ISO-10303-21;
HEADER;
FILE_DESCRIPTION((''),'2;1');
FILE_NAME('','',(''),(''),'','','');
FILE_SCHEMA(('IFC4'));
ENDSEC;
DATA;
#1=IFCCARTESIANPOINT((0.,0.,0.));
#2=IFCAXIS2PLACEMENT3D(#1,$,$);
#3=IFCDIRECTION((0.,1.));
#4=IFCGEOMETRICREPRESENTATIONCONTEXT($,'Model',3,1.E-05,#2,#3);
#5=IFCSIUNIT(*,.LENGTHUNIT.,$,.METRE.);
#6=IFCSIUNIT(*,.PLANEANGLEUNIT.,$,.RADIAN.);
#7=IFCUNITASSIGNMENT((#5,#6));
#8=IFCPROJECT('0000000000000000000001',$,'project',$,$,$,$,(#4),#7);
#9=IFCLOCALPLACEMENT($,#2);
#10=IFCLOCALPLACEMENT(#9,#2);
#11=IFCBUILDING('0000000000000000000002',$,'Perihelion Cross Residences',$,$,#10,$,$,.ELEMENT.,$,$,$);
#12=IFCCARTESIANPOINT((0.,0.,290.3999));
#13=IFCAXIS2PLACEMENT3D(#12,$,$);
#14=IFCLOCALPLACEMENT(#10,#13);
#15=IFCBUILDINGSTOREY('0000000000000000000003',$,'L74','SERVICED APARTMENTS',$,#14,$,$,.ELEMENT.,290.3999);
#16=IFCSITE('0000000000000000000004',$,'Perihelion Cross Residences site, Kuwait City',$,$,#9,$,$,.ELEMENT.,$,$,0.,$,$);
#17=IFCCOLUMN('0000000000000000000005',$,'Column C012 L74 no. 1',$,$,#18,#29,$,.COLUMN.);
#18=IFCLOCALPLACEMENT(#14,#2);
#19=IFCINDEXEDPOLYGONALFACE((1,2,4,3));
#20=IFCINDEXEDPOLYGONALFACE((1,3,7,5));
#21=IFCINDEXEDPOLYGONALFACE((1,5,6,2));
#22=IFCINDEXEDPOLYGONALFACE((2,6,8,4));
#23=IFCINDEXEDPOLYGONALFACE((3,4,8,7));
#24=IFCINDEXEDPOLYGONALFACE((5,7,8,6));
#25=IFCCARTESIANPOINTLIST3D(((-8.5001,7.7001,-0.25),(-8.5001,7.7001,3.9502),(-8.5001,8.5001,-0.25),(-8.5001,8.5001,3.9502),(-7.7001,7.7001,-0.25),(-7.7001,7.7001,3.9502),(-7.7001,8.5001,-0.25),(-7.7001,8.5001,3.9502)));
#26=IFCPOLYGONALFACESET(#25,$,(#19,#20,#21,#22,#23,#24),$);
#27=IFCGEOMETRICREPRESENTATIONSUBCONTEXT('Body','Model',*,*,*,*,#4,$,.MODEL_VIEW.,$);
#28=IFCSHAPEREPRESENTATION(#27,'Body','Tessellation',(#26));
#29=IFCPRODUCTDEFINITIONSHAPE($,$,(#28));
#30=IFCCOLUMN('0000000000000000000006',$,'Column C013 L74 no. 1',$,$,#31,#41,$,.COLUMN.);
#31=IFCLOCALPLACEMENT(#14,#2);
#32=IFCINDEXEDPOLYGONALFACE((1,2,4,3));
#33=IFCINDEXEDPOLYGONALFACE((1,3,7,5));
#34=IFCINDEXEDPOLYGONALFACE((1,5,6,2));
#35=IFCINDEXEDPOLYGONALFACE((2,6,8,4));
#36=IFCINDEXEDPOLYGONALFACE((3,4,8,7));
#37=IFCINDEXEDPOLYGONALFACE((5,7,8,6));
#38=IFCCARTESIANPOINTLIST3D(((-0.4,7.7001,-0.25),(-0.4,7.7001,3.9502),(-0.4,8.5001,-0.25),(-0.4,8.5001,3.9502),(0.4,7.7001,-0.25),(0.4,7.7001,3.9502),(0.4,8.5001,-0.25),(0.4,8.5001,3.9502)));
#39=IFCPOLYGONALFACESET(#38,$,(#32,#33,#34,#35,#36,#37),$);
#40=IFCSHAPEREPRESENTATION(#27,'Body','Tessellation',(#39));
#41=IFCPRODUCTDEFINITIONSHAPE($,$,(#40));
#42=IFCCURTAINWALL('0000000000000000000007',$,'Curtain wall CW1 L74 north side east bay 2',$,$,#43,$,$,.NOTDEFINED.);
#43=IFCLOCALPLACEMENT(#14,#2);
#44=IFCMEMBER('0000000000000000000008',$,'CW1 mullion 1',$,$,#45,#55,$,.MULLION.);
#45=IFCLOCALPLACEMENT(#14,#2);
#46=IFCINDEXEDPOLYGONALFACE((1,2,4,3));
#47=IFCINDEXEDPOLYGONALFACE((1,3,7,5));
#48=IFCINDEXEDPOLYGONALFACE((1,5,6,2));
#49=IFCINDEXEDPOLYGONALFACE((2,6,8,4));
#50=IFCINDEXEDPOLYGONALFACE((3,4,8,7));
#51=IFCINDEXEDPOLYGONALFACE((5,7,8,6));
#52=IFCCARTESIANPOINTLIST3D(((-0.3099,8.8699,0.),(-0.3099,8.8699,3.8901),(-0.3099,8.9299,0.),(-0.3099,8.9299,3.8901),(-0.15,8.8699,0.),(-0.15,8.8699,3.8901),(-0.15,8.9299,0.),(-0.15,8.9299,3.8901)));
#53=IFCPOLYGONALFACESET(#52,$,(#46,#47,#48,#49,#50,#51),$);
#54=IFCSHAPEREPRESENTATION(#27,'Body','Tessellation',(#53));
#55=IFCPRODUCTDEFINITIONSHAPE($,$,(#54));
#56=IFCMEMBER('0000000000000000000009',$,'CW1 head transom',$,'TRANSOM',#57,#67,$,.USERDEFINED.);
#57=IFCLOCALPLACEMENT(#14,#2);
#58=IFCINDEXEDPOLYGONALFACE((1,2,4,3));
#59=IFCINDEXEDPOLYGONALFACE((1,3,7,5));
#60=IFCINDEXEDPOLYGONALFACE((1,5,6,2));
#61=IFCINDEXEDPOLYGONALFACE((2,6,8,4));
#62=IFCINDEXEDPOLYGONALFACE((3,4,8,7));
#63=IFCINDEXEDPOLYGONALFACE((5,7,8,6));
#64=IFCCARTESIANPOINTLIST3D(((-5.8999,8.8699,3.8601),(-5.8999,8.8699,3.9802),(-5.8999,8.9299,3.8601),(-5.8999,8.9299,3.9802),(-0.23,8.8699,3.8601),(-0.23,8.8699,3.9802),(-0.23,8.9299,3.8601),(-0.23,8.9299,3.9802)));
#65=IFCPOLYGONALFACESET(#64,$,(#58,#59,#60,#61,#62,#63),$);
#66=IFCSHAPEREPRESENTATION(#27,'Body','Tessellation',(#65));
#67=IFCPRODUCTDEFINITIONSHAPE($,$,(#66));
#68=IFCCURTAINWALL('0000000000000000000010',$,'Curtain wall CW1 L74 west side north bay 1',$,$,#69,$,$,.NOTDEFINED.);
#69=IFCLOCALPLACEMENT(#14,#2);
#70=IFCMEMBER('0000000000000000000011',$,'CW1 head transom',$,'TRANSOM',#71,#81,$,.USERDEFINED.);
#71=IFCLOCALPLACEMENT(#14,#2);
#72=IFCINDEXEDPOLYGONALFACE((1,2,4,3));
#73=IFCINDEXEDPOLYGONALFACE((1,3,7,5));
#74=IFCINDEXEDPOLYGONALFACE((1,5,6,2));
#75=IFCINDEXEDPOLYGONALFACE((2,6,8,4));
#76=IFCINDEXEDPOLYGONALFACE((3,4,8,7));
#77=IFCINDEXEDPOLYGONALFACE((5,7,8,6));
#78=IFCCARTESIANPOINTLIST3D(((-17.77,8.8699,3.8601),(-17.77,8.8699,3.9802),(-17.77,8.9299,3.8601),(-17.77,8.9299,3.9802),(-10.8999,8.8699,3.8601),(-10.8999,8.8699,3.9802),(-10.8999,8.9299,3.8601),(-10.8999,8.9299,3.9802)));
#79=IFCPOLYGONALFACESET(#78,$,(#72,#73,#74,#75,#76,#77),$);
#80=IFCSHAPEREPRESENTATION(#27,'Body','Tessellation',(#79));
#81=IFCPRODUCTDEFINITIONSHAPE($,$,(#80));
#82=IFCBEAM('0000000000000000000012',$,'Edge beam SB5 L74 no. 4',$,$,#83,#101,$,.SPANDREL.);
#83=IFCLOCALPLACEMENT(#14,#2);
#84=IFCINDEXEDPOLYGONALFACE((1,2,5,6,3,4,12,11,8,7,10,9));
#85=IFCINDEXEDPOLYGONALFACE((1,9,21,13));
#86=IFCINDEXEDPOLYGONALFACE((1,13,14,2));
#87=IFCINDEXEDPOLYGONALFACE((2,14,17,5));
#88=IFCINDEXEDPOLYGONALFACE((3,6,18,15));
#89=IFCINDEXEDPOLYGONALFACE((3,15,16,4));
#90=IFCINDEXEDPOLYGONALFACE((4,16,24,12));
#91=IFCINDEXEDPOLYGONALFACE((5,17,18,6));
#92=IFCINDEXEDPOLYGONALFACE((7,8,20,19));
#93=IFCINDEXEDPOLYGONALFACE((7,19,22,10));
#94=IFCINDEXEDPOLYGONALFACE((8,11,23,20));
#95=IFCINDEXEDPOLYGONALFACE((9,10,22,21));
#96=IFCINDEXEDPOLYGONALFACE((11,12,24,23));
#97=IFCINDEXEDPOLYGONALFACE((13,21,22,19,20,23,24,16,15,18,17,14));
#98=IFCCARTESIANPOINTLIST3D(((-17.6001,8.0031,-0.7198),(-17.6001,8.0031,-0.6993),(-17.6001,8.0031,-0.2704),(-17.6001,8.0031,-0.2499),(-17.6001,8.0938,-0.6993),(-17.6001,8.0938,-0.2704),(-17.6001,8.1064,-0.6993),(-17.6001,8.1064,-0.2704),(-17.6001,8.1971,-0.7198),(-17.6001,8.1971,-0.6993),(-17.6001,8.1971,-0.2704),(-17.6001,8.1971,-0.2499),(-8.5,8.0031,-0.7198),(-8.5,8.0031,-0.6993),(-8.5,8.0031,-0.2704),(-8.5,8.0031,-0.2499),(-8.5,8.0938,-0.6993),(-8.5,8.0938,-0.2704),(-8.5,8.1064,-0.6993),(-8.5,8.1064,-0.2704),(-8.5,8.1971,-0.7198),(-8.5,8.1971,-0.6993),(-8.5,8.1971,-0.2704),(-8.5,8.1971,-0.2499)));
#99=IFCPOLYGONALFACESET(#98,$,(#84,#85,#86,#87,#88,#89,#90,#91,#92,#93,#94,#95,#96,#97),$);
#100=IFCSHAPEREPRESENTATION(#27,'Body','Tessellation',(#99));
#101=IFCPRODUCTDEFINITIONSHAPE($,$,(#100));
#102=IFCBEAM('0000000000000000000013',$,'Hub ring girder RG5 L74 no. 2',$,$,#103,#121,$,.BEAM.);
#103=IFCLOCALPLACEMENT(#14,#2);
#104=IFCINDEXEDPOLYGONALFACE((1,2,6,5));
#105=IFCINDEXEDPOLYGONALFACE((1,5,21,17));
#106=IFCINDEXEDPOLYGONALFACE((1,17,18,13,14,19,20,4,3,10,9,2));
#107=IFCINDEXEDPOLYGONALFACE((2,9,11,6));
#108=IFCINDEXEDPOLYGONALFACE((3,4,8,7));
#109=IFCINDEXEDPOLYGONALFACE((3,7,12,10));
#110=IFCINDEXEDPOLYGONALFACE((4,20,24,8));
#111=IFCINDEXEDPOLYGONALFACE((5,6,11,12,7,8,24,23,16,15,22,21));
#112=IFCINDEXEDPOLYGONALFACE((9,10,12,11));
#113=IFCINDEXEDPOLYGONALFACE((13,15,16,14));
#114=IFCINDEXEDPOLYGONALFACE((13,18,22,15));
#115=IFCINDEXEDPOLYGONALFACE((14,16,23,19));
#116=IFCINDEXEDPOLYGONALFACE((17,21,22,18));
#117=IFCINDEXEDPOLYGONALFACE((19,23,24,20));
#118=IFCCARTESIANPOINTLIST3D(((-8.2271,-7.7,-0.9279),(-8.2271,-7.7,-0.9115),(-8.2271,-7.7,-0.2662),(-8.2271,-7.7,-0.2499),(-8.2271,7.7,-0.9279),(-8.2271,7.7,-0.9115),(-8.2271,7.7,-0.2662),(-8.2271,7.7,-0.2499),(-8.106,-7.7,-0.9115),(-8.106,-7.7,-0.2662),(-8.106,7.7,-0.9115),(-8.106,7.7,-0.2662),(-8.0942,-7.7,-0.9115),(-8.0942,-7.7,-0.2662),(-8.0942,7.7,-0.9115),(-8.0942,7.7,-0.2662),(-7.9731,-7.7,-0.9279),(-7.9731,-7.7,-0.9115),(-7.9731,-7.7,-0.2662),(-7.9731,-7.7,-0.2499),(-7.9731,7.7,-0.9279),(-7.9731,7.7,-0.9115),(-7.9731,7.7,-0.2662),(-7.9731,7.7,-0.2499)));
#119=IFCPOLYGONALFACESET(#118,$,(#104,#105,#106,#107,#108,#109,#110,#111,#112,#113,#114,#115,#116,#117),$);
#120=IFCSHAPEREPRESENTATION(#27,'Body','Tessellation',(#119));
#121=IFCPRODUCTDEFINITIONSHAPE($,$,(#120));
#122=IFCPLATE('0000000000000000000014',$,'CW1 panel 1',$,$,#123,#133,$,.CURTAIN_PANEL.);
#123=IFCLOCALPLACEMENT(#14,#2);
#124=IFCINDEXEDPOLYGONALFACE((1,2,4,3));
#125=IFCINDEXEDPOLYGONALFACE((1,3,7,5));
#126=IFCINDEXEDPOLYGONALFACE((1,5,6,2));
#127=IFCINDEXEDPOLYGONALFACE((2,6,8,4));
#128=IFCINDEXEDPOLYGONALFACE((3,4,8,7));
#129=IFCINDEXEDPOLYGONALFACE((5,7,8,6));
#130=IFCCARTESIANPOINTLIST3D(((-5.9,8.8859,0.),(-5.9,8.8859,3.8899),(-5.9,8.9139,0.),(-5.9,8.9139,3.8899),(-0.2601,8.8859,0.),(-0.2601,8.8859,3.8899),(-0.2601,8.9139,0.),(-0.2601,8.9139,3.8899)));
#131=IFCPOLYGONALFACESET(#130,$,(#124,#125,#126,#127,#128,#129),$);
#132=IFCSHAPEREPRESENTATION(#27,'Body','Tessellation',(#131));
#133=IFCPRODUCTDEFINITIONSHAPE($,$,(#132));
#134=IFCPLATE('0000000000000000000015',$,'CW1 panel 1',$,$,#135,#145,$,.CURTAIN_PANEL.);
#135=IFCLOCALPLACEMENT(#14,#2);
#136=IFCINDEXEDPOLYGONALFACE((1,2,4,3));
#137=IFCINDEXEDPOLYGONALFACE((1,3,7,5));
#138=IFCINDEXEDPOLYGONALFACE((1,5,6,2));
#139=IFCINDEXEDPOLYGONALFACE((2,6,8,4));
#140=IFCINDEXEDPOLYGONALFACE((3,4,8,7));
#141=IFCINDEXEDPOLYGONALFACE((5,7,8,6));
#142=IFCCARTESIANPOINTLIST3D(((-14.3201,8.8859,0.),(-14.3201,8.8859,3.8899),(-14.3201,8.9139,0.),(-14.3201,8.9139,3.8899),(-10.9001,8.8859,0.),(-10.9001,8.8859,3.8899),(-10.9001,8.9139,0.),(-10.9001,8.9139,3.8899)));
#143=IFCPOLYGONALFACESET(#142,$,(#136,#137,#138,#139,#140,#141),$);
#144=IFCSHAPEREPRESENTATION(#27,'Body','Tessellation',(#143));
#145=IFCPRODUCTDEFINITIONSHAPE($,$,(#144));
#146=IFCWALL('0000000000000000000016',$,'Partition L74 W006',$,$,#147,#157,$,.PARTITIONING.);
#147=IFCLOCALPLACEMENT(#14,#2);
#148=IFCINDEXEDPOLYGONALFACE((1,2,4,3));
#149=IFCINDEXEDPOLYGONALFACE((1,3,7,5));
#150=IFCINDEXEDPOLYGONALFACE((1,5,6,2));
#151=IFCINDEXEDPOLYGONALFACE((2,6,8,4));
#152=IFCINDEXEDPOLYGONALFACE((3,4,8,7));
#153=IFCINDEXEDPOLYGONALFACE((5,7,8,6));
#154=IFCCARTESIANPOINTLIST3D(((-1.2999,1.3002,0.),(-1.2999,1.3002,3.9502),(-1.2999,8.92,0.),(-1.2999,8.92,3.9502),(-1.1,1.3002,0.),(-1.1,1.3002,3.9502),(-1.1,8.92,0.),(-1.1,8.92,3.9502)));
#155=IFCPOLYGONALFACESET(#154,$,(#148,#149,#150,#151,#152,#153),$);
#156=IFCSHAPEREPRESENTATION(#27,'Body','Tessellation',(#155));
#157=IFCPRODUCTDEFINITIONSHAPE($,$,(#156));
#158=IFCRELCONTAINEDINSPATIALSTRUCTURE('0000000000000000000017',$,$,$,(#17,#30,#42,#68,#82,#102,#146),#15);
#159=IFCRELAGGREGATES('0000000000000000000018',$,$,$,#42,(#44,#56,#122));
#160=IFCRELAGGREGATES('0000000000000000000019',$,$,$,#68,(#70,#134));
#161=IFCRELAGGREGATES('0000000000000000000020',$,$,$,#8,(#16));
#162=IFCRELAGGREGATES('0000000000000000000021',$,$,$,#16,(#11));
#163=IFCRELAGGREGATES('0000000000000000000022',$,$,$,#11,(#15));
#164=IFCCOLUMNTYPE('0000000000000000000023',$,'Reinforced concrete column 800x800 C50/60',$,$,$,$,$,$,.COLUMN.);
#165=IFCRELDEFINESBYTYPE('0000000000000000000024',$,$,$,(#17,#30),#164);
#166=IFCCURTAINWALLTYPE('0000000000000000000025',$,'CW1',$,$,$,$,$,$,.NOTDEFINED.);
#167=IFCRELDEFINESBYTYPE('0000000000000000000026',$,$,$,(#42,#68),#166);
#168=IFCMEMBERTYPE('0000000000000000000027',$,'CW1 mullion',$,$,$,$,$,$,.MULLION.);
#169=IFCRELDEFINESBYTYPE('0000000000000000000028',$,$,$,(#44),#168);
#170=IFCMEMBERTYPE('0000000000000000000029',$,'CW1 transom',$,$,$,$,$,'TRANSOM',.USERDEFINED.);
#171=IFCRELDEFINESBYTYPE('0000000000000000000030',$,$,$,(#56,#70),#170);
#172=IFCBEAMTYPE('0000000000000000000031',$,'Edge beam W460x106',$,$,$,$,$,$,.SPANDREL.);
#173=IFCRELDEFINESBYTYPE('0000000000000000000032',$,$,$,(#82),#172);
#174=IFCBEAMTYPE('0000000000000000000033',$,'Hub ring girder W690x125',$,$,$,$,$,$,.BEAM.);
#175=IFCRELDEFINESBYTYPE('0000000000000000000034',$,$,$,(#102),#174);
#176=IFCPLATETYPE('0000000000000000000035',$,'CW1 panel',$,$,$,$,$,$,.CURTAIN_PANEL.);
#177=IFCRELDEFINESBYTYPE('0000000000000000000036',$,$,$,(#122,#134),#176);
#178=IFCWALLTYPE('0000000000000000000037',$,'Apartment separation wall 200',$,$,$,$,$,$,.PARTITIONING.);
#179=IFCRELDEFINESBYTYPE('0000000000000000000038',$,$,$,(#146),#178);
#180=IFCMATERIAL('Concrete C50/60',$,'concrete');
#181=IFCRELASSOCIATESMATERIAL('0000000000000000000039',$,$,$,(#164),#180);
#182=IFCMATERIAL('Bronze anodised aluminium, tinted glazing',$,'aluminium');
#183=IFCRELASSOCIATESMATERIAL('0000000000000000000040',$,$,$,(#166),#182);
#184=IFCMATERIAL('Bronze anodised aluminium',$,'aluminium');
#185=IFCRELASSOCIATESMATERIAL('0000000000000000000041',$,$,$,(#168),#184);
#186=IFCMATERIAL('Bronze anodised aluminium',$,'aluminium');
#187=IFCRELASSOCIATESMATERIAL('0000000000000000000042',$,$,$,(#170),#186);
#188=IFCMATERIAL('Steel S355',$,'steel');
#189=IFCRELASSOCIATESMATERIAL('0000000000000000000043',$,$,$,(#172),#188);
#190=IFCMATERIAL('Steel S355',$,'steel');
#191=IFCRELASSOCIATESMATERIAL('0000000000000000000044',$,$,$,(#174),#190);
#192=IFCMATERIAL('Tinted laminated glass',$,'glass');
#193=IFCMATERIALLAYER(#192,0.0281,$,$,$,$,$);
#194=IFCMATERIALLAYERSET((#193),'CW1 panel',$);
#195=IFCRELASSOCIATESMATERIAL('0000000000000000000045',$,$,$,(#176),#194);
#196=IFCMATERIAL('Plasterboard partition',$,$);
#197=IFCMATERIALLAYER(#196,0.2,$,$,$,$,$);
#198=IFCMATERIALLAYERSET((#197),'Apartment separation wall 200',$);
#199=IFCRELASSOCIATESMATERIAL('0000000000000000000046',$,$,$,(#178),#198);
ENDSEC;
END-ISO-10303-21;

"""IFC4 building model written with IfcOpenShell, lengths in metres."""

from ifc_helpers import new_model, si_unit, direction, frame, frame_2d, origin, origin_2d, place, context, subcontext, project, spatial, rectangle, i_section, extrude, material, layer, layer_set, material_profile, profile_set, type_object, element, aggregate, save


model = new_model("IFC4")

# Units and contexts
model_context = context("Model", 3, precision=1e-05, world=origin(), true_north=direction((0.0, 1.0)))
body_context = subcontext(model_context, "Body", "Model", "MODEL_VIEW")
ifc_project = project(units=[si_unit("LENGTHUNIT", "METRE"), si_unit("PLANEANGLEUNIT", "RADIAN")], contexts=[model_context])

# Site, building, storey
site_placement = place(None, origin())
site = spatial("IfcSite", under=ifc_project, at=site_placement, Name="Perihelion Cross Residences site, Kuwait City", CompositionType="ELEMENT", RefElevation=0.0)
building_placement = place(site_placement, origin())
building = spatial("IfcBuilding", under=site, at=building_placement, Name="Perihelion Cross Residences", CompositionType="ELEMENT")
storey_placement = place(building_placement, frame((0.0, 0.0, 290.3999)))
storey = spatial("IfcBuildingStorey", under=building, at=storey_placement, Name="L74", Description="SERVICED APARTMENTS", CompositionType="ELEMENT", Elevation=290.3999)

# Columns
ifc_material_1 = material(Name="Concrete C50/60", Category="concrete")
ifc_material_profile_1 = material_profile(ifc_material_1, rectangle(XDim=0.8, YDim=0.8, at=origin_2d()), Name="RC 800x800")
ifc_profile_set_1 = profile_set([ifc_material_profile_1], Name="Concrete C50/60")
column_type = type_object("IfcColumnType", Name="Reinforced concrete column 800x800 C50/60", PredefinedType="COLUMN", material=ifc_profile_set_1)
for number, where, z_axis, x_axis, name in (
    (1, (-8.1001, 8.1001, -0.25), (0.0, 0.0, 1.0), (1.0, 0.0, 0.0), "Column C012 L74 no. 1"),
    (2, (0.0, 8.1001, -0.25), (0.0, 0.0, 1.0), (1.0, 0.0, 0.0), "Column C013 L74 no. 1"),
):
    element("IfcColumn", number, at=place(storey_placement, frame(where, z_axis=z_axis, x_axis=x_axis)), inside=storey, type_object=column_type, Name=name, PredefinedType="COLUMN", context=body_context, shape_type="SweptSolid", body=[
        extrude(rectangle(XDim=0.8, YDim=0.8, at=origin_2d()), origin(), (0.0, 0.0, 1.0), 4.2002),
    ])

# Curtain wall, members
ifc_material_2 = material(Name="Bronze anodised aluminium, tinted glazing", Category="aluminium")
curtain_wall_type = type_object("IfcCurtainWallType", Name="CW1", PredefinedType="NOTDEFINED", material=ifc_material_2)
curtain_wall_1_placement = place(storey_placement, origin())
curtain_wall_1 = element("IfcCurtainWall", 3, at=curtain_wall_1_placement, inside=storey, type_object=curtain_wall_type, Name="Curtain wall CW1 L74 north side east bay 2", PredefinedType="NOTDEFINED")
ifc_material_3 = material(Name="Bronze anodised aluminium", Category="aluminium")
ifc_material_profile_2 = material_profile(ifc_material_3, rectangle(XDim=0.0601, YDim=0.1599, at=origin_2d()), Name="CW1 mullion")
ifc_profile_set_2 = profile_set([ifc_material_profile_2], Name="Bronze anodised aluminium")
member_type_1 = type_object("IfcMemberType", Name="CW1 mullion", PredefinedType="MULLION", material=ifc_profile_set_2)
member_1_placement = place(storey_placement, frame((-0.23, 8.8999, 0.0), z_axis=(0.0, 0.0, 1.0), x_axis=(0.0, -1.0, 0.0)))
member_1 = element("IfcMember", 4, at=member_1_placement, type_object=member_type_1, Name="CW1 mullion 1", PredefinedType="MULLION", context=body_context, shape_type="SweptSolid", body=[
    extrude(rectangle(XDim=0.0601, YDim=0.1599, at=origin_2d()), origin(), (0.0, 0.0, 1.0), 3.8901),
])
ifc_material_4 = material(Name="Bronze anodised aluminium", Category="aluminium")
ifc_material_profile_3 = material_profile(ifc_material_4, rectangle(XDim=0.0601, YDim=0.1201, at=origin_2d()), Name="CW1 transom")
ifc_profile_set_3 = profile_set([ifc_material_profile_3], Name="Bronze anodised aluminium")
member_type_2 = type_object("IfcMemberType", Name="CW1 transom", ElementType="TRANSOM", PredefinedType="USERDEFINED", material=ifc_profile_set_3)
member_2_placement = place(storey_placement, frame((-0.23, 8.8999, 3.9202), z_axis=(-1.0, 0.0, 0.0), x_axis=(0.0, -1.0, 0.0)))
member_2 = element("IfcMember", 5, at=member_2_placement, type_object=member_type_2, Name="CW1 head transom", ObjectType="TRANSOM", PredefinedType="USERDEFINED", context=body_context, shape_type="SweptSolid", body=[
    extrude(rectangle(XDim=0.0601, YDim=0.1201, at=origin_2d()), origin(), (0.0, 0.0, 1.0), 5.6699),
])

# Curtain wall, member
curtain_wall_2_placement = place(storey_placement, origin())
curtain_wall_2 = element("IfcCurtainWall", 6, at=curtain_wall_2_placement, inside=storey, type_object=curtain_wall_type, Name="Curtain wall CW1 L74 west side north bay 1", PredefinedType="NOTDEFINED")
member_3_placement = place(storey_placement, frame((-10.8999, 8.8999, 3.9202), z_axis=(-1.0, 0.0, 0.0), x_axis=(0.0, -1.0, 0.0)))
member_3 = element("IfcMember", 7, at=member_3_placement, type_object=member_type_2, Name="CW1 head transom", ObjectType="TRANSOM", PredefinedType="USERDEFINED", context=body_context, shape_type="SweptSolid", body=[
    extrude(rectangle(XDim=0.0601, YDim=0.1201, at=origin_2d()), origin(), (0.0, 0.0, 1.0), 6.8701),
])

# Beams
ifc_material_5 = material(Name="Steel S355", Category="steel")
ifc_material_profile_4 = material_profile(ifc_material_5, i_section(OverallWidth=0.1941, OverallDepth=0.47, WebThickness=0.0127, FlangeThickness=0.0205, at=origin_2d()), Name="W460x106")
ifc_profile_set_4 = profile_set([ifc_material_profile_4], Name="Steel S355")
beam_type_1 = type_object("IfcBeamType", Name="Edge beam W460x106", PredefinedType="SPANDREL", material=ifc_profile_set_4)
beam_1_placement = place(storey_placement, frame((-8.5, 8.1001, -0.4849), z_axis=(-1.0, 0.0, 0.0), x_axis=(0.0, -1.0, 0.0)))
element("IfcBeam", 8, at=beam_1_placement, inside=storey, type_object=beam_type_1, Name="Edge beam SB5 L74 no. 4", PredefinedType="SPANDREL", context=body_context, shape_type="SweptSolid", body=[
    extrude(i_section(OverallWidth=0.1941, OverallDepth=0.47, WebThickness=0.0127, FlangeThickness=0.0205, at=origin_2d()), origin(), (0.0, 0.0, 1.0), 9.1001),
])
ifc_material_6 = material(Name="Steel S355", Category="steel")
ifc_material_profile_5 = material_profile(ifc_material_6, i_section(OverallWidth=0.2539, OverallDepth=0.678, WebThickness=0.0117, FlangeThickness=0.0164, at=origin_2d()), Name="W690x125")
ifc_profile_set_5 = profile_set([ifc_material_profile_5], Name="Steel S355")
beam_type_2 = type_object("IfcBeamType", Name="Hub ring girder W690x125", PredefinedType="BEAM", material=ifc_profile_set_5)
beam_2_placement = place(storey_placement, frame((-8.1001, 7.7, -0.5889), z_axis=(0.0, -1.0, 0.0), x_axis=(1.0, 0.0, 0.0)))
element("IfcBeam", 9, at=beam_2_placement, inside=storey, type_object=beam_type_2, Name="Hub ring girder RG5 L74 no. 2", PredefinedType="BEAM", context=body_context, shape_type="SweptSolid", body=[
    extrude(i_section(OverallWidth=0.2539, OverallDepth=0.678, WebThickness=0.0117, FlangeThickness=0.0164, at=origin_2d()), origin(), (0.0, 0.0, 1.0), 15.3999),
])

# Plates
ifc_material_7 = material(Name="Tinted laminated glass", Category="glass")
ifc_layer_1 = layer(ifc_material_7, 0.0281)
ifc_layer_set_1 = layer_set([ifc_layer_1], Name="CW1 panel")
plate_type = type_object("IfcPlateType", Name="CW1 panel", PredefinedType="CURTAIN_PANEL", material=ifc_layer_set_1)
plate_1_placement = place(storey_placement, frame((-3.0801, 8.8999, 0.0), z_axis=(0.0, 0.0, 1.0), x_axis=(-1.0, 0.0, 0.0)))
plate_1 = element("IfcPlate", 10, at=plate_1_placement, type_object=plate_type, Name="CW1 panel 1", PredefinedType="CURTAIN_PANEL", context=body_context, shape_type="SweptSolid", body=[
    extrude(rectangle(XDim=5.6399, YDim=0.0281, at=origin_2d()), origin(), (0.0, 0.0, 1.0), 3.8899),
])
aggregate(curtain_wall_1, [member_1, member_2, plate_1])
plate_2_placement = place(storey_placement, frame((-12.6101, 8.8999, 0.0), z_axis=(0.0, 0.0, 1.0), x_axis=(-1.0, 0.0, 0.0)))
plate_2 = element("IfcPlate", 11, at=plate_2_placement, type_object=plate_type, Name="CW1 panel 1", PredefinedType="CURTAIN_PANEL", context=body_context, shape_type="SweptSolid", body=[
    extrude(rectangle(XDim=3.4199, YDim=0.0281, at=origin_2d()), origin(), (0.0, 0.0, 1.0), 3.8899),
])
aggregate(curtain_wall_2, [member_3, plate_2])

# Wall
ifc_material_8 = material(Name="Plasterboard partition")
ifc_layer_2 = layer(ifc_material_8, 0.2)
ifc_layer_set_2 = layer_set([ifc_layer_2], Name="Apartment separation wall 200")
wall_type_1 = type_object("IfcWallType", Name="Apartment separation wall 200", PredefinedType="PARTITIONING", material=ifc_layer_set_2)
wall_1_placement = place(storey_placement, frame((-1.2, 1.3, 0.0), z_axis=(0.0, 0.0, 1.0), x_axis=(0.0, 1.0, 0.0)))
element("IfcWall", 12, at=wall_1_placement, inside=storey, type_object=wall_type_1, Name="Partition L74 W006", PredefinedType="PARTITIONING", context=body_context, shape_type="SweptSolid", body=[
    extrude(rectangle(XDim=7.6199, YDim=0.2, at=frame_2d((3.8101, 0.0))), origin(), (0.0, 0.0, 1.0), 3.9502),
])

save(model, "model.ifc")
